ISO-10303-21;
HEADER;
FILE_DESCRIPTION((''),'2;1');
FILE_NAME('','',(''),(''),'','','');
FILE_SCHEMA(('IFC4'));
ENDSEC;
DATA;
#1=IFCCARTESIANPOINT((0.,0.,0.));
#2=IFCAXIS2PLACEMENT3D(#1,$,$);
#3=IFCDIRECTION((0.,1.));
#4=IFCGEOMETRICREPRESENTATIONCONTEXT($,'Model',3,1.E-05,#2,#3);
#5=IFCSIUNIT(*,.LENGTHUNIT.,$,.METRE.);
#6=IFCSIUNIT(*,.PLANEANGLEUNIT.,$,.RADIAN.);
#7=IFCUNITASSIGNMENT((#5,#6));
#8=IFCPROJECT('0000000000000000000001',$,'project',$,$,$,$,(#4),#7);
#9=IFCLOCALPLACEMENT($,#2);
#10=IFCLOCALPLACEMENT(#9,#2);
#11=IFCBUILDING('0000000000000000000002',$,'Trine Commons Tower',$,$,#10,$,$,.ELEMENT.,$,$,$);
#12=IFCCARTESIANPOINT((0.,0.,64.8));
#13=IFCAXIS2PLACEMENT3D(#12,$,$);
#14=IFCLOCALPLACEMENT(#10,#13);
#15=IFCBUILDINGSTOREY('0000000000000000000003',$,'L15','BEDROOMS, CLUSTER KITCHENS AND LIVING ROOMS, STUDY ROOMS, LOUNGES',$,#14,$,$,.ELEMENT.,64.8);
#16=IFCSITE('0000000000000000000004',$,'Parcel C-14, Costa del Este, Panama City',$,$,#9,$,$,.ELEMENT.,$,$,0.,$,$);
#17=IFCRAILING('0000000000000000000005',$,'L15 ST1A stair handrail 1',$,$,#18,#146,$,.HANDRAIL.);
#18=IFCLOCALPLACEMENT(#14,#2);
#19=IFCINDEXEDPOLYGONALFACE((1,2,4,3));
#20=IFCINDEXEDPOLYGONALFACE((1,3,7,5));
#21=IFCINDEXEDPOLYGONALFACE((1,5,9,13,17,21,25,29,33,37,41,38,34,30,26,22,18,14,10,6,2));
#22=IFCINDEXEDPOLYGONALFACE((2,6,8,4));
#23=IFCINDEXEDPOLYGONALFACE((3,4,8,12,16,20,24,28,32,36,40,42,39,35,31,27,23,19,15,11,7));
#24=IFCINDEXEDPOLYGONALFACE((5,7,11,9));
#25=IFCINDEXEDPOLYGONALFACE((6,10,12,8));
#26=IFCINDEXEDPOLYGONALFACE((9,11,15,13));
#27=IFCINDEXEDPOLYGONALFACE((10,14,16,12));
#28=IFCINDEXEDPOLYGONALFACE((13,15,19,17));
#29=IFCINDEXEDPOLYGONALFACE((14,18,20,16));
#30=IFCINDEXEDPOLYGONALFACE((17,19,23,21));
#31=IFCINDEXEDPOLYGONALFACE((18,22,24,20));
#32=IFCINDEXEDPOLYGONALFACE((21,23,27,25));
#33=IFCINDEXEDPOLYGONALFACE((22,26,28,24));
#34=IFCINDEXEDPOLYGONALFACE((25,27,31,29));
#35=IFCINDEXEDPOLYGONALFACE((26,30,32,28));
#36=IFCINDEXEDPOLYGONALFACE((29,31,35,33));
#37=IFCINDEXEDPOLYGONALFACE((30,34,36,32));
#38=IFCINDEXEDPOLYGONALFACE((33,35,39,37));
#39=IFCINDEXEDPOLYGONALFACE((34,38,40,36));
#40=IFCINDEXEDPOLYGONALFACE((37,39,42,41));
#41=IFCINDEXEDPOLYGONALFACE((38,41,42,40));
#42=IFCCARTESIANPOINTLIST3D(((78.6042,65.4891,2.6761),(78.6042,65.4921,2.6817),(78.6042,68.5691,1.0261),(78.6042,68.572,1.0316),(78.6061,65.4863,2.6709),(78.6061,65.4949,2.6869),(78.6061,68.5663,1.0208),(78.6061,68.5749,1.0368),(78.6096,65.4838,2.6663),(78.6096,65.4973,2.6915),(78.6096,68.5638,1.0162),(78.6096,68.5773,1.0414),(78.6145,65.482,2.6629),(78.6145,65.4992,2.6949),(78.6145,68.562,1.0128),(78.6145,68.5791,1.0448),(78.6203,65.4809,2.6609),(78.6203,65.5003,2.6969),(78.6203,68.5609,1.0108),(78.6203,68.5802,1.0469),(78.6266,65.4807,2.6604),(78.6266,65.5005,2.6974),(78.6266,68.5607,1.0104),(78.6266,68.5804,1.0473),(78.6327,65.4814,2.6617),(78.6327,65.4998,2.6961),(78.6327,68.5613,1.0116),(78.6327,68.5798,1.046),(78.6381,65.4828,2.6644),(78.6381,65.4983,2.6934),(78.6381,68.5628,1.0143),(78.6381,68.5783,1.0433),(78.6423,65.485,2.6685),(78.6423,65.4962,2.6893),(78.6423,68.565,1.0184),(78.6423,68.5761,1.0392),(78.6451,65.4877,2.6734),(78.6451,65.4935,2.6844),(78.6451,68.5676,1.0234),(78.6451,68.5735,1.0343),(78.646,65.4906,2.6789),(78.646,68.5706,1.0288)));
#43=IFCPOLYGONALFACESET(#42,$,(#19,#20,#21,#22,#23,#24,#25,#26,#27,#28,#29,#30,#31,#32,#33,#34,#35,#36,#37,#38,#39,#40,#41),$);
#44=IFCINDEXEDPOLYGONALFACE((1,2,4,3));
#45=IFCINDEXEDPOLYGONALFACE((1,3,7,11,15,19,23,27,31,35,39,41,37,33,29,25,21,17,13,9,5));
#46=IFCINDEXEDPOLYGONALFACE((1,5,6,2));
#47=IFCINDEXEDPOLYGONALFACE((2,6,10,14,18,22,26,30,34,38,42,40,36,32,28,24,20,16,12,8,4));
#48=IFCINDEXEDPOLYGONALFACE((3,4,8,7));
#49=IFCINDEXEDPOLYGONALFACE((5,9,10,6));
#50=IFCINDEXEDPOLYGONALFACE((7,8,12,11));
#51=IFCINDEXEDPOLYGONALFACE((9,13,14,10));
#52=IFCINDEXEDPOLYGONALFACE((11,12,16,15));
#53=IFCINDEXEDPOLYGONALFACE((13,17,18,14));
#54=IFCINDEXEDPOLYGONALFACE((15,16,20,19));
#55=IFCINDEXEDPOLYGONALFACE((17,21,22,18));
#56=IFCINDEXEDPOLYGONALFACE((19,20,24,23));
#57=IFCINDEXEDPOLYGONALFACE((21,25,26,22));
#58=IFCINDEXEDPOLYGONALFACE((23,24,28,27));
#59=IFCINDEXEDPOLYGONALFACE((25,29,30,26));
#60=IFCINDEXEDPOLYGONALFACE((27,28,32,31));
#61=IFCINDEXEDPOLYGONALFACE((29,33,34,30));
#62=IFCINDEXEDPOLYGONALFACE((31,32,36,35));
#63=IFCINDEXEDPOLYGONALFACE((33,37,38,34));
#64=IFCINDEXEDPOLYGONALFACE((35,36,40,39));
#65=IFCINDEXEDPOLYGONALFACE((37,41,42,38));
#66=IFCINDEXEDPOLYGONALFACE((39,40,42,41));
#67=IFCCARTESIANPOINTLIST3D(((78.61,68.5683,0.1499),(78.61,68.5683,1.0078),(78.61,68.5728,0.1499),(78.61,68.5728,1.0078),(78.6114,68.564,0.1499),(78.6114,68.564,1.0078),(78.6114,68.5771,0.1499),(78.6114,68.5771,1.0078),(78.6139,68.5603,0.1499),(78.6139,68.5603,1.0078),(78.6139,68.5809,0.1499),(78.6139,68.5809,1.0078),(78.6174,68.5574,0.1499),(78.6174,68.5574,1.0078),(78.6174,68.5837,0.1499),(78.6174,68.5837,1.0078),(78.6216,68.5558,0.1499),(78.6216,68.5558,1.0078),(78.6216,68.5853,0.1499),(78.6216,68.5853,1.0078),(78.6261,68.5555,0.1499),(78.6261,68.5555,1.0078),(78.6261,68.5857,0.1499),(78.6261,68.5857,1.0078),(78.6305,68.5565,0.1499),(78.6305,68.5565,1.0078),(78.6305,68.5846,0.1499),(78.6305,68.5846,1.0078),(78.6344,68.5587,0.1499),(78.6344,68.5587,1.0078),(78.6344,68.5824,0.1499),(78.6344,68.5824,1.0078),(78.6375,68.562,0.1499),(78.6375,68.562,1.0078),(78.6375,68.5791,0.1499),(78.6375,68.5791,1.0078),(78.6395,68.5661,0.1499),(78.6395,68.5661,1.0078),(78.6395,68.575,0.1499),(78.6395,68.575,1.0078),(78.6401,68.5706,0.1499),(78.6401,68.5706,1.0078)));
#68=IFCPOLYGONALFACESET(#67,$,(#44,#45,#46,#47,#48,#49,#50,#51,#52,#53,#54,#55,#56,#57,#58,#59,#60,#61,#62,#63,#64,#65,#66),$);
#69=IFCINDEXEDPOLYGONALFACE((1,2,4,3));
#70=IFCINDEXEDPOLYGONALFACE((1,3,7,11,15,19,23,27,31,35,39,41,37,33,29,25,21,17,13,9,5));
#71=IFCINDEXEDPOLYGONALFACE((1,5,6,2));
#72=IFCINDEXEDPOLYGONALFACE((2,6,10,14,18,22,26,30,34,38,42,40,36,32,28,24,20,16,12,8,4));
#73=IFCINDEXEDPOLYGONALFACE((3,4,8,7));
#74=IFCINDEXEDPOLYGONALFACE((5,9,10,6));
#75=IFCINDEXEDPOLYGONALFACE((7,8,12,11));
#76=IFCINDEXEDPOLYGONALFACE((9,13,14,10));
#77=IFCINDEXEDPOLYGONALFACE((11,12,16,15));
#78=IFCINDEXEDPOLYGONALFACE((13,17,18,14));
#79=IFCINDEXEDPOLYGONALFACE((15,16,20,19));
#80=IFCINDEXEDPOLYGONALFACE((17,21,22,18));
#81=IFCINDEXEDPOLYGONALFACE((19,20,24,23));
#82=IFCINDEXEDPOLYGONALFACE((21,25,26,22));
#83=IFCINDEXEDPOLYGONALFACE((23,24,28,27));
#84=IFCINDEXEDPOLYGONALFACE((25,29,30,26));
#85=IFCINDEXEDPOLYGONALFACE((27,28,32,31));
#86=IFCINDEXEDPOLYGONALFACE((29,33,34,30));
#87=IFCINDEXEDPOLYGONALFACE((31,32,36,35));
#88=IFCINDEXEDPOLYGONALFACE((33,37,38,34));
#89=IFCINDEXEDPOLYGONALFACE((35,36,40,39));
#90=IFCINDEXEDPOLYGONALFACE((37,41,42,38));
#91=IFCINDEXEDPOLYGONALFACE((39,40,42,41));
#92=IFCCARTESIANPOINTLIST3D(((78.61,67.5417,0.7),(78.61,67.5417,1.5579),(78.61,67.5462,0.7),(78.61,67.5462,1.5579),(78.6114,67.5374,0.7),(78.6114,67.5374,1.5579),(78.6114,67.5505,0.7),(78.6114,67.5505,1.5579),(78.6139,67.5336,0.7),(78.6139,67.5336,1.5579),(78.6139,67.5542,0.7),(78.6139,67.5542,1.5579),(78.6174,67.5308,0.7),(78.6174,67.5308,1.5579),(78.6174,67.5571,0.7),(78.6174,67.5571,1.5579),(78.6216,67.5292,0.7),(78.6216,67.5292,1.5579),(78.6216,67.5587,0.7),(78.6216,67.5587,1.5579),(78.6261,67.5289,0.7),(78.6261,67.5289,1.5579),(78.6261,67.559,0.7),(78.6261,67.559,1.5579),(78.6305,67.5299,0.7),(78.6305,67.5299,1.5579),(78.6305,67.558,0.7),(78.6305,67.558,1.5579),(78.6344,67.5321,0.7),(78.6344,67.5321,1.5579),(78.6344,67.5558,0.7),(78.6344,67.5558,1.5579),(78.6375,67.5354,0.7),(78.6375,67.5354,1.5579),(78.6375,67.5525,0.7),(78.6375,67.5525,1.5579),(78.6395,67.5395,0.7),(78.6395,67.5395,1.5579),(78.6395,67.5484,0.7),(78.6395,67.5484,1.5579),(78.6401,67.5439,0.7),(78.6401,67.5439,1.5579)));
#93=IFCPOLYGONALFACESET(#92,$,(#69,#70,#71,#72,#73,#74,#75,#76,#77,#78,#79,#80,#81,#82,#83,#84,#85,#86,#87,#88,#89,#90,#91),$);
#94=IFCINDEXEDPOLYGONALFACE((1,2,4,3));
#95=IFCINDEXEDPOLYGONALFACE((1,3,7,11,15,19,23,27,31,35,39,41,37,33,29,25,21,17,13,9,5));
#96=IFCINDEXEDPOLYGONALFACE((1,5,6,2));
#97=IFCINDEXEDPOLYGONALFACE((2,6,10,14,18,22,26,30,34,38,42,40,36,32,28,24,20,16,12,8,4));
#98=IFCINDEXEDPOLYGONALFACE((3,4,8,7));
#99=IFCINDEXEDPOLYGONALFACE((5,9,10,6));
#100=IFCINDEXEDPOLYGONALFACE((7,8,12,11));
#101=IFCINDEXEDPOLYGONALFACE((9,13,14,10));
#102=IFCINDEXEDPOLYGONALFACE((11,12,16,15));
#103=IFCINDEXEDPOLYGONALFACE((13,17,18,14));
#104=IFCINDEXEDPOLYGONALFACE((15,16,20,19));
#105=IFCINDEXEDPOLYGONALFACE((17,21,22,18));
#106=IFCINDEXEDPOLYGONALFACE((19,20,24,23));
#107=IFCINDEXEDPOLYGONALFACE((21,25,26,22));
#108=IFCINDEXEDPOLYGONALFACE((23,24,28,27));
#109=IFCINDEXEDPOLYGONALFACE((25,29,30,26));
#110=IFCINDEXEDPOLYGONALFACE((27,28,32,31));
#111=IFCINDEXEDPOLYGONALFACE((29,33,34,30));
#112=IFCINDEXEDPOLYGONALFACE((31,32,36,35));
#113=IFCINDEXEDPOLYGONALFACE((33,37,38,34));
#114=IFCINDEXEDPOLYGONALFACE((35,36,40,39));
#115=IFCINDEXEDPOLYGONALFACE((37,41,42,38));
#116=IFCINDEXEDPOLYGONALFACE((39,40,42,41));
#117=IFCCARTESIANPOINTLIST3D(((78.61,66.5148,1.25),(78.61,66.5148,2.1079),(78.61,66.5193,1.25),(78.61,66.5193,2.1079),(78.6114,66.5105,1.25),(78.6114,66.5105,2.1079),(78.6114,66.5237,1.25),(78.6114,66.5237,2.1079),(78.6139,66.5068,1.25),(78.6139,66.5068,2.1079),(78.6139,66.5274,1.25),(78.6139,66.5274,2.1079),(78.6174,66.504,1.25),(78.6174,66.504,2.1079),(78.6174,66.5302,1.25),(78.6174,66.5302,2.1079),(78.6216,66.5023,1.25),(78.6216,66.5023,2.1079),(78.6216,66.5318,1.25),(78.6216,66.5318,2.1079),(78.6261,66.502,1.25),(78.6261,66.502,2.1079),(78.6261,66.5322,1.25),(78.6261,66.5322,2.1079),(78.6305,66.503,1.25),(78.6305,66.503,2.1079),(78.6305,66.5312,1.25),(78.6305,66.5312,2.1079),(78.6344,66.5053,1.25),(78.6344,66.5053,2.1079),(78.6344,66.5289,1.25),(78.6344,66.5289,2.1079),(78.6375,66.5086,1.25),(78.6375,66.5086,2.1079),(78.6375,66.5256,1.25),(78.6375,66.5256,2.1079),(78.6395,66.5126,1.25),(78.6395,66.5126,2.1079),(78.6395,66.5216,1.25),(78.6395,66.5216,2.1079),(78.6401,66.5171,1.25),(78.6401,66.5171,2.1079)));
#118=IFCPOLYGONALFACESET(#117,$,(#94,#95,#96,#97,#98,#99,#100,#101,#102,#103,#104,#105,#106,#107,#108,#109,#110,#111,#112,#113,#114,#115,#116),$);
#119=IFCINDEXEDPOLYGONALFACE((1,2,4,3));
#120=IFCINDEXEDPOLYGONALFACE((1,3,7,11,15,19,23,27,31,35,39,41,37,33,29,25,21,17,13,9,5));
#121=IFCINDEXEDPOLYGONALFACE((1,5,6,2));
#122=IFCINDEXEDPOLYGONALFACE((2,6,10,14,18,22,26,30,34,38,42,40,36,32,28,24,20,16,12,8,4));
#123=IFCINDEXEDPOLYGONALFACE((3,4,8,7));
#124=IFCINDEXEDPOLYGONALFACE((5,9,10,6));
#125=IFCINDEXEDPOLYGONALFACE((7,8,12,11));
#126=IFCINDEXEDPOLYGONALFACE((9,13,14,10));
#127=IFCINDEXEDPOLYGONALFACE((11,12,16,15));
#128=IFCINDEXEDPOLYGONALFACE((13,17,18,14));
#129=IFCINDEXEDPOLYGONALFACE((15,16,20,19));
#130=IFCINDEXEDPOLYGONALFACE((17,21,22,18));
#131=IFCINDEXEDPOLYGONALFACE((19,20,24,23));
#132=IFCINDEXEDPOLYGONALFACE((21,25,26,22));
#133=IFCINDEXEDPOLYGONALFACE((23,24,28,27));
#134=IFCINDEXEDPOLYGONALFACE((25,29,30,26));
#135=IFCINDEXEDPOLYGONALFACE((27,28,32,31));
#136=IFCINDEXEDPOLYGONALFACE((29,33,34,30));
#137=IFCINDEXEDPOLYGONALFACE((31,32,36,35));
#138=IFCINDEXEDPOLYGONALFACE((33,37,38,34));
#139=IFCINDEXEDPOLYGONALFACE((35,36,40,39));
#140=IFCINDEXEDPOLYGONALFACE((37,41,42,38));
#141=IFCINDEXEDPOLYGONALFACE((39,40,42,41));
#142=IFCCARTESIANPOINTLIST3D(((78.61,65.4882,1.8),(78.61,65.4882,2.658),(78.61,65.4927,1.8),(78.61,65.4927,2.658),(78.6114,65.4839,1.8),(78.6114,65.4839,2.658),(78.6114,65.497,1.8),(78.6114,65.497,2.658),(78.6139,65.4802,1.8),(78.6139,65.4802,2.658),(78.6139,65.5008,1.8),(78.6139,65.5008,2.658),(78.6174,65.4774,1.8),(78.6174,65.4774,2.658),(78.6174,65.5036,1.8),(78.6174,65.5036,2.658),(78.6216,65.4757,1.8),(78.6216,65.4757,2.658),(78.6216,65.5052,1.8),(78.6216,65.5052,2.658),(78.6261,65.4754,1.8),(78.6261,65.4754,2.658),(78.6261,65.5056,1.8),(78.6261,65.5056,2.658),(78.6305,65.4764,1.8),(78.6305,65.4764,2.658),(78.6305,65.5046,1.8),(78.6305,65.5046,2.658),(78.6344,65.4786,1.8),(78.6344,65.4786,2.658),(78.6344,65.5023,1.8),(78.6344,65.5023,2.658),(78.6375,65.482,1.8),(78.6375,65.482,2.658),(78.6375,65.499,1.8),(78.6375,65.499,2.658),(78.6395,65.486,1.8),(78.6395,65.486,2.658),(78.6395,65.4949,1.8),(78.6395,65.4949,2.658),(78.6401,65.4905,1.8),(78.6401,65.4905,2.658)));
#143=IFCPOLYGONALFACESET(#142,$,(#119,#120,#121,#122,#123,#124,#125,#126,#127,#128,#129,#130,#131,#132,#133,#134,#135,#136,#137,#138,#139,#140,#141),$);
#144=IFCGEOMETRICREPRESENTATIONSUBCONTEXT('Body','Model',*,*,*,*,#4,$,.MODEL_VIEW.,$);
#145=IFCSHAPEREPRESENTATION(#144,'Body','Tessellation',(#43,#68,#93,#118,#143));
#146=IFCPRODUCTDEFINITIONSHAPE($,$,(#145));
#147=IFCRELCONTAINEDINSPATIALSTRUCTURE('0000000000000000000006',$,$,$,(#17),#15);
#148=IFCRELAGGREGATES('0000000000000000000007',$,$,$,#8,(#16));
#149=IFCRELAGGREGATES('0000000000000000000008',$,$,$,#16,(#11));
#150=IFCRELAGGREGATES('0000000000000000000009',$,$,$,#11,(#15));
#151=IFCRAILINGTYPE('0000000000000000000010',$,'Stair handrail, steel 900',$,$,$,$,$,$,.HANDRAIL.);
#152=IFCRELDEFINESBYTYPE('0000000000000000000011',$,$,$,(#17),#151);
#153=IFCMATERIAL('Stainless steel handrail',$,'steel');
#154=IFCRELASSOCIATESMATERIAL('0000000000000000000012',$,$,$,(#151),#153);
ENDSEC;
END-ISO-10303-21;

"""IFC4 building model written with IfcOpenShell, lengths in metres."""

from ifc_helpers import new_model, si_unit, direction, frame, origin, origin_2d, place, context, subcontext, project, spatial, circle, extrude, material, type_object, element, save


model = new_model("IFC4")

# Units and contexts
model_context = context("Model", 3, precision=1e-05, world=origin(), true_north=direction((0.0, 1.0)))
body_context = subcontext(model_context, "Body", "Model", "MODEL_VIEW")
ifc_project = project(units=[si_unit("LENGTHUNIT", "METRE"), si_unit("PLANEANGLEUNIT", "RADIAN")], contexts=[model_context])

# Site, building, storey
site_placement = place(None, origin())
site = spatial("IfcSite", under=ifc_project, at=site_placement, Name="Parcel C-14, Costa del Este, Panama City", CompositionType="ELEMENT", RefElevation=0.0)
building_placement = place(site_placement, origin())
building = spatial("IfcBuilding", under=site, at=building_placement, Name="Trine Commons Tower", CompositionType="ELEMENT")
storey_placement = place(building_placement, frame((0.0, 0.0, 64.8)))
storey = spatial("IfcBuildingStorey", under=building, at=storey_placement, Name="L15", Description="BEDROOMS, CLUSTER KITCHENS AND LIVING ROOMS, STUDY ROOMS, LOUNGES", CompositionType="ELEMENT", Elevation=64.8)

# Railing
ifc_material_1 = material(Name="Stainless steel handrail", Category="steel")
railing_type = type_object("IfcRailingType", Name="Stair handrail, steel 900", PredefinedType="HANDRAIL", material=ifc_material_1)
railing_1_placement = place(storey_placement, frame((78.625, 68.5706, 0.1499)))
element("IfcRailing", 1, at=railing_1_placement, inside=storey, type_object=railing_type, Name="L15 ST1A stair handrail 1", PredefinedType="HANDRAIL", context=body_context, shape_type="SweptSolid", body=[
    extrude(circle(Radius=0.021, at=origin_2d()), frame((0.0, 0.0, 0.8789), z_axis=(0.0, -0.881468, 0.472245), x_axis=(1.0, 0.0, 0.0)), (0.0, 0.0, 1.0), 3.4941),
    extrude(circle(Radius=0.0151, at=origin_2d()), origin(), (0.0, 0.0, 1.0), 0.8579),
    extrude(circle(Radius=0.0151, at=origin_2d()), frame((0.0, -1.0266, 0.55)), (0.0, 0.0, 1.0), 0.8579),
    extrude(circle(Radius=0.0151, at=origin_2d()), frame((0.0, -2.0535, 1.1001)), (0.0, 0.0, 1.0), 0.8579),
    extrude(circle(Radius=0.0151, at=origin_2d()), frame((0.0, -3.0801, 1.6501)), (0.0, 0.0, 1.0), 0.8579),
])

save(model, "model.ifc")
